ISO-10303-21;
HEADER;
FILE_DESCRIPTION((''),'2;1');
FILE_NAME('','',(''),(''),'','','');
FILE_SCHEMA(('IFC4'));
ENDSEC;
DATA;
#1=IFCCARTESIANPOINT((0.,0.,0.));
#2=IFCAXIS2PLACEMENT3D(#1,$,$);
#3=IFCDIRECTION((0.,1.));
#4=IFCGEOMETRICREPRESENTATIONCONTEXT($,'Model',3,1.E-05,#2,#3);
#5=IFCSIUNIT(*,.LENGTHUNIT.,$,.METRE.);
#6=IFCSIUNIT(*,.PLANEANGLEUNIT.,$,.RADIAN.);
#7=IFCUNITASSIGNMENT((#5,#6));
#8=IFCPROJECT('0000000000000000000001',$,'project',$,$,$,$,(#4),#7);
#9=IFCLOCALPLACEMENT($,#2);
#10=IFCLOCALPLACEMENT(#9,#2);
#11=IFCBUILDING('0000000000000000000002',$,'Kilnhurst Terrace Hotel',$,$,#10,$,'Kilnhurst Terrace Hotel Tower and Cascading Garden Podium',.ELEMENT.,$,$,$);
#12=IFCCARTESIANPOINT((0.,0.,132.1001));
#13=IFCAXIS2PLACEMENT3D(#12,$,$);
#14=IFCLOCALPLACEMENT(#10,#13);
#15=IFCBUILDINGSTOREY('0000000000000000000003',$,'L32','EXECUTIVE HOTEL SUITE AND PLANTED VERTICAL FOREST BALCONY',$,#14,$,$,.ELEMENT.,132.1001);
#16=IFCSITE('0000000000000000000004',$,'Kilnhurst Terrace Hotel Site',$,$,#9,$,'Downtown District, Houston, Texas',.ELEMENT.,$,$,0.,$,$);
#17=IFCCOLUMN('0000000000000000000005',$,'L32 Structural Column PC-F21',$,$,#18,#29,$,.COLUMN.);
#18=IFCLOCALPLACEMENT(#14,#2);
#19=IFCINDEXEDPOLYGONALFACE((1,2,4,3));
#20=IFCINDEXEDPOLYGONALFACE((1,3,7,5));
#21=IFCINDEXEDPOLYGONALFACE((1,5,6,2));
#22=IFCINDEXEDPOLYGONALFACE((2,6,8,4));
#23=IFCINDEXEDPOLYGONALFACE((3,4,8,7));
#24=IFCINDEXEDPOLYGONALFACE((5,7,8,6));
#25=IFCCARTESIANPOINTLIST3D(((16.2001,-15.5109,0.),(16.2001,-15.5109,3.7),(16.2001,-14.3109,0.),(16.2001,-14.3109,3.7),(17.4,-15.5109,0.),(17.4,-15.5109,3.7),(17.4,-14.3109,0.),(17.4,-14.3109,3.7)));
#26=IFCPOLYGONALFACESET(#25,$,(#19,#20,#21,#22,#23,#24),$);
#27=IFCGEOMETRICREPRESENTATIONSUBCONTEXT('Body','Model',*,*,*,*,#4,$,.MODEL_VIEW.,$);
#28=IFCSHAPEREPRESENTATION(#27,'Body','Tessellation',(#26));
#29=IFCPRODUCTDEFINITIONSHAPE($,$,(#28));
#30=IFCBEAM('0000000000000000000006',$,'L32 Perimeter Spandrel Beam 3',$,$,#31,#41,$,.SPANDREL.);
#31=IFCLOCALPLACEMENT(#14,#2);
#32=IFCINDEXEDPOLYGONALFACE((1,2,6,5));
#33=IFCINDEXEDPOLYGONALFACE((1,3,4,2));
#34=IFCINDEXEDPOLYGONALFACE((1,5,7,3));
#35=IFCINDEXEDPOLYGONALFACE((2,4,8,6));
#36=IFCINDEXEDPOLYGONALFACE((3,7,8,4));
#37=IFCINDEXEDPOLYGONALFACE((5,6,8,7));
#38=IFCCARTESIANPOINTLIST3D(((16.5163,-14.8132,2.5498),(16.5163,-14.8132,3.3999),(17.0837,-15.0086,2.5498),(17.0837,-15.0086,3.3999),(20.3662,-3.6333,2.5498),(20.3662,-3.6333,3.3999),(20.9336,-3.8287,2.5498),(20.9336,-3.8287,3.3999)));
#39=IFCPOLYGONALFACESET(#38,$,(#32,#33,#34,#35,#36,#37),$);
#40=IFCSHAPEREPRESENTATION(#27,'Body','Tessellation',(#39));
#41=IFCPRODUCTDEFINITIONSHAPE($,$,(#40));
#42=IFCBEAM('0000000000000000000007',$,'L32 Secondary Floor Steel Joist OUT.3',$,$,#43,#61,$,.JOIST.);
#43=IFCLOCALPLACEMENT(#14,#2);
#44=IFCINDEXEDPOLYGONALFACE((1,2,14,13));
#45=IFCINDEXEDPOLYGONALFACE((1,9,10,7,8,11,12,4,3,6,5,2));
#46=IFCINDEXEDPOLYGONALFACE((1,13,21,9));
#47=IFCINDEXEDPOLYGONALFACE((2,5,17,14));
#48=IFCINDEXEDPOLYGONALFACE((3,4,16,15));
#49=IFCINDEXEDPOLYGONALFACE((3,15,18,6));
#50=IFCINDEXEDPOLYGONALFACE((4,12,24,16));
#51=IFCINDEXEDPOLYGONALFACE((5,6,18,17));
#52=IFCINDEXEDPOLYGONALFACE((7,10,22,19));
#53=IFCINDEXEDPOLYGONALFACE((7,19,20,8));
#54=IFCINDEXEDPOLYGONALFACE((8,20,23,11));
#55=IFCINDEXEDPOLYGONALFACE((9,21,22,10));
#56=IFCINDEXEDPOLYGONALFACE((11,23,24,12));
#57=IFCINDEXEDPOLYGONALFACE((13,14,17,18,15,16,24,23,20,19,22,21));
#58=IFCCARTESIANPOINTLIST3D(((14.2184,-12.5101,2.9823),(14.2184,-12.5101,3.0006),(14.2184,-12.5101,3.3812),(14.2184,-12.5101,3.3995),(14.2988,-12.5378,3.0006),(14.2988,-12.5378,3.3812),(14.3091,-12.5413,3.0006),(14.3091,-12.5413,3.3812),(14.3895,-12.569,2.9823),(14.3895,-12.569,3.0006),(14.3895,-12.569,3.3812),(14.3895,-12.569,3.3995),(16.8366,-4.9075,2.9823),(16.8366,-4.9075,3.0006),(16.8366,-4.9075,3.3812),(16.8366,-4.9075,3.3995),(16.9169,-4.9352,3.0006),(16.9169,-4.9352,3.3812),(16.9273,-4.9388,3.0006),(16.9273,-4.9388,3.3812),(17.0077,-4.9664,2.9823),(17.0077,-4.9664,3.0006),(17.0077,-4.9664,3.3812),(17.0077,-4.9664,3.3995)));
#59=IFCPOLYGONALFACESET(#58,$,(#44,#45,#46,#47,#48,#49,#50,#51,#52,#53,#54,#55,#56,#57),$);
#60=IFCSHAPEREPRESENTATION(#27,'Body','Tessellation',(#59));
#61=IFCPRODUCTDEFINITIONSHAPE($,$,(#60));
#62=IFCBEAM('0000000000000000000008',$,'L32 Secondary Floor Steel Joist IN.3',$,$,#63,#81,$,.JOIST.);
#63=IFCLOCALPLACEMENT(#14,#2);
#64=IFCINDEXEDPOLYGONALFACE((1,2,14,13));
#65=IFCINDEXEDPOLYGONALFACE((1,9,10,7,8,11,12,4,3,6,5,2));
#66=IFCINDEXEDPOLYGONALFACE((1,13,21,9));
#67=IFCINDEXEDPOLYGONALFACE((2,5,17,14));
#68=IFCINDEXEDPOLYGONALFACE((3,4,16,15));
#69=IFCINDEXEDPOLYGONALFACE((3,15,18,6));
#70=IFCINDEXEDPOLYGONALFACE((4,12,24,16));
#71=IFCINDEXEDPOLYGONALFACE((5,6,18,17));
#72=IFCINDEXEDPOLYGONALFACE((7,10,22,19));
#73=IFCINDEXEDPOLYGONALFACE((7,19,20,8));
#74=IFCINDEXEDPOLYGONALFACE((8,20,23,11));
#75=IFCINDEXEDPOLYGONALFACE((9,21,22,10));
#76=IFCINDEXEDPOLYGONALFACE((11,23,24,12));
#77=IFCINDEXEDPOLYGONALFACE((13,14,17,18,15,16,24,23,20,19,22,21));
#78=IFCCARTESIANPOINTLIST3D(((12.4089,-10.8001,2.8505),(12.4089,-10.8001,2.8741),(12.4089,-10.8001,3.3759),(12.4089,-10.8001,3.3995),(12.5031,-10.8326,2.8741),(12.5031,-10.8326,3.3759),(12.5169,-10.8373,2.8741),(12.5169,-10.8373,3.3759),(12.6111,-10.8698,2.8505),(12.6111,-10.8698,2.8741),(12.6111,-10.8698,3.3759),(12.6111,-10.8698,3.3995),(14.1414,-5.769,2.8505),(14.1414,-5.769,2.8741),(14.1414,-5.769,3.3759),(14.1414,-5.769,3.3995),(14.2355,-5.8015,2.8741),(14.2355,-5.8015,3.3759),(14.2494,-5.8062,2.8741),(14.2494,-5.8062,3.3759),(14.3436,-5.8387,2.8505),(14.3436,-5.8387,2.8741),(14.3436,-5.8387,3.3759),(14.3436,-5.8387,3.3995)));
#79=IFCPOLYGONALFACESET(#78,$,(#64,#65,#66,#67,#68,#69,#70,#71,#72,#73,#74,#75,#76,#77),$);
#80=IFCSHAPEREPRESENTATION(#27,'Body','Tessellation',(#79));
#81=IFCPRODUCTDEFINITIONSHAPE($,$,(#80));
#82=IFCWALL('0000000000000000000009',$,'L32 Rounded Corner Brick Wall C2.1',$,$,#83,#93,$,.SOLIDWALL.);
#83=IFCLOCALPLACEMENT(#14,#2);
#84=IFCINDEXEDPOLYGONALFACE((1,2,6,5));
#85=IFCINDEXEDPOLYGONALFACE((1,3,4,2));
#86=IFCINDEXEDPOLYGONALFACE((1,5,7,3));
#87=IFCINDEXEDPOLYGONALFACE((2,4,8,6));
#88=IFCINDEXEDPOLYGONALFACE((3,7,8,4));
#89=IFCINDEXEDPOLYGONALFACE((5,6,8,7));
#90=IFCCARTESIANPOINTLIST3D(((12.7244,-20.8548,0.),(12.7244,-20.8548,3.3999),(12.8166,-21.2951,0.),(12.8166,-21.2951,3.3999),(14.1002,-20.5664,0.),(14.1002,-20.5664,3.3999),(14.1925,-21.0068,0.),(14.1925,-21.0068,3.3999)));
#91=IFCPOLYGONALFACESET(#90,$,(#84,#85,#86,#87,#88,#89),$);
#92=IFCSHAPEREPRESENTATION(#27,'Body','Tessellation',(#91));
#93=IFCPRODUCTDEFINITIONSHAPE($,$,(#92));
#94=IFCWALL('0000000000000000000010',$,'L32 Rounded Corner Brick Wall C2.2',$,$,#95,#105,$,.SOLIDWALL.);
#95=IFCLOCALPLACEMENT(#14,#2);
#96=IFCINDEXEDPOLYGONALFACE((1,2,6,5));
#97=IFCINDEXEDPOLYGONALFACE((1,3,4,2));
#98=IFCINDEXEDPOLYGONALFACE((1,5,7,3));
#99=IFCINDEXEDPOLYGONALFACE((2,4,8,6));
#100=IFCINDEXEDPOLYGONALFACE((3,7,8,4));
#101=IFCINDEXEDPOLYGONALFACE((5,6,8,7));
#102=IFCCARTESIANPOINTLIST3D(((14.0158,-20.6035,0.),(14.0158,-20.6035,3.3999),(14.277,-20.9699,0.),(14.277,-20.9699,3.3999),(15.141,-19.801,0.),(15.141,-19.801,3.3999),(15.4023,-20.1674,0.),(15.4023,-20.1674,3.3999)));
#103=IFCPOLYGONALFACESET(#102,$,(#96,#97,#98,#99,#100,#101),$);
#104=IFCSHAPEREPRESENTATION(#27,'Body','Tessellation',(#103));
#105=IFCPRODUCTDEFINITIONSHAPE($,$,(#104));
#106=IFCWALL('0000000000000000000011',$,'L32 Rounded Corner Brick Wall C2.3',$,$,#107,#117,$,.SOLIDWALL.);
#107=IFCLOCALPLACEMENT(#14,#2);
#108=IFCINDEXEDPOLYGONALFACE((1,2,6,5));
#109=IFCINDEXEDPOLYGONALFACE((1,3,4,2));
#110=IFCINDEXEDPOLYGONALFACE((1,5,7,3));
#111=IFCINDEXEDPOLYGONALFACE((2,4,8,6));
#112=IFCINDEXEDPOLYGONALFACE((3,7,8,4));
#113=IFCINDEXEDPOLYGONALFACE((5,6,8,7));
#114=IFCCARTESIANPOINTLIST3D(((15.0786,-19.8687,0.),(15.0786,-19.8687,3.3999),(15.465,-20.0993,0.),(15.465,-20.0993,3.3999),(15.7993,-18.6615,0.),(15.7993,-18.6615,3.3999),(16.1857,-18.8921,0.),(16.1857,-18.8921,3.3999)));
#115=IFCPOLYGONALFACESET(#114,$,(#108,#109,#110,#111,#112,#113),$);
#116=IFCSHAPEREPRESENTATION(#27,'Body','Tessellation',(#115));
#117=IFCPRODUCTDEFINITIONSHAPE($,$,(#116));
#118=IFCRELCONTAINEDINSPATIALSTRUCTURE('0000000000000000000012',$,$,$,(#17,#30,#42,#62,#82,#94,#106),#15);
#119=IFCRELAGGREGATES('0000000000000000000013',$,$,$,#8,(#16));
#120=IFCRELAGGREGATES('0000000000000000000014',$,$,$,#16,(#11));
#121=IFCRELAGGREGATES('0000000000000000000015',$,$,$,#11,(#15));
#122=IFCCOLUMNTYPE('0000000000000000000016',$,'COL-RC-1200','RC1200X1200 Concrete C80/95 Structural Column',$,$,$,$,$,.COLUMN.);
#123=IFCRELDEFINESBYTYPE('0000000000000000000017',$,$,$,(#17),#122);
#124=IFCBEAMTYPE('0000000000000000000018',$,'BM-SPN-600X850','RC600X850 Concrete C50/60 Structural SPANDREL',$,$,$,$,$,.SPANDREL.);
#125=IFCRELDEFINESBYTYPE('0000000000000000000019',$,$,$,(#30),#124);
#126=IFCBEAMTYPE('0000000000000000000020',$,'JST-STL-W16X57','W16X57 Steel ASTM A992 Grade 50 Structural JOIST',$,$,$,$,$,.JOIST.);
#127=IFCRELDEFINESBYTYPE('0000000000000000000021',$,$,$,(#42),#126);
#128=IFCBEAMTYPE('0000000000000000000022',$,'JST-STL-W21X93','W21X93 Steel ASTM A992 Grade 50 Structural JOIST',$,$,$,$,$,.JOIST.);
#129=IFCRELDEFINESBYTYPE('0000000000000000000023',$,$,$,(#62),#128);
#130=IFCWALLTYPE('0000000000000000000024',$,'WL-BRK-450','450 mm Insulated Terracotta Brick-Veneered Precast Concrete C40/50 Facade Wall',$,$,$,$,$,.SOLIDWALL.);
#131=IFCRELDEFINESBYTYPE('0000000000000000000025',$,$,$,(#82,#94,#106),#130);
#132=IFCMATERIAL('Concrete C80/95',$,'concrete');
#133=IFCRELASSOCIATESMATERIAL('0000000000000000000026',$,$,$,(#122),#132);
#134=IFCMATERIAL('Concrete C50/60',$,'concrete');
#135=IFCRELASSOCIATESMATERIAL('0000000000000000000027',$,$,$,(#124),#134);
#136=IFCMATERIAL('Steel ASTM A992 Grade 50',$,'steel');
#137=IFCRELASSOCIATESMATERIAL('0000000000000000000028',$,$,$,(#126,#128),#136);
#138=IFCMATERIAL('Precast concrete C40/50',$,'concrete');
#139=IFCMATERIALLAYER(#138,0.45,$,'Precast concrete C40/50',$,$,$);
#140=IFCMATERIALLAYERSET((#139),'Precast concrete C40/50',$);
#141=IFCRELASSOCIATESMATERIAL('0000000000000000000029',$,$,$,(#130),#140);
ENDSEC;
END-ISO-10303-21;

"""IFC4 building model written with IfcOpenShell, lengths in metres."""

from ifc_helpers import new_model, si_unit, direction, frame, frame_2d, origin, origin_2d, place, context, subcontext, project, spatial, rectangle, i_section, extrude, material, layer, layer_set, material_profile, profile_set, type_object, element, save


model = new_model("IFC4")

# Units and contexts
model_context = context("Model", 3, precision=1e-05, world=origin(), true_north=direction((0.0, 1.0)))
body_context = subcontext(model_context, "Body", "Model", "MODEL_VIEW")
ifc_project = project(units=[si_unit("LENGTHUNIT", "METRE"), si_unit("PLANEANGLEUNIT", "RADIAN")], contexts=[model_context])

# Site, building, storey
site_placement = place(None, origin())
site = spatial("IfcSite", under=ifc_project, at=site_placement, Name="Kilnhurst Terrace Hotel Site", LongName="Downtown District, Houston, Texas", CompositionType="ELEMENT", RefElevation=0.0)
building_placement = place(site_placement, origin())
building = spatial("IfcBuilding", under=site, at=building_placement, Name="Kilnhurst Terrace Hotel", LongName="Kilnhurst Terrace Hotel Tower and Cascading Garden Podium", CompositionType="ELEMENT")
storey_placement = place(building_placement, frame((0.0, 0.0, 132.1001)))
storey = spatial("IfcBuildingStorey", under=building, at=storey_placement, Name="L32", Description="EXECUTIVE HOTEL SUITE AND PLANTED VERTICAL FOREST BALCONY", CompositionType="ELEMENT", Elevation=132.1001)

# Column
ifc_material_1 = material(Name="Concrete C80/95", Category="concrete")
ifc_material_profile_1 = material_profile(ifc_material_1, rectangle(XDim=1.2, YDim=1.2, at=origin_2d()), Name="RC1200X1200")
ifc_profile_set_1 = profile_set([ifc_material_profile_1], Name="Concrete C80/95")
column_type = type_object("IfcColumnType", Name="COL-RC-1200", Description="RC1200X1200 Concrete C80/95 Structural Column", PredefinedType="COLUMN", material=ifc_profile_set_1)
column_placement = place(storey_placement, frame((16.8, -14.9109, 0.0), z_axis=(0.0, 0.0, 1.0), x_axis=(1.0, 0.0, 0.0)))
element("IfcColumn", 1, at=column_placement, inside=storey, type_object=column_type, Name="L32 Structural Column PC-F21", PredefinedType="COLUMN", context=body_context, shape_type="SweptSolid", body=[
    extrude(rectangle(XDim=1.2, YDim=1.2, at=origin_2d()), origin(), (0.0, 0.0, 1.0), 3.7),
])

# Beams
ifc_material_2 = material(Name="Concrete C50/60", Category="concrete")
ifc_material_profile_2 = material_profile(ifc_material_2, rectangle(XDim=0.6001, YDim=0.8501, at=origin_2d()), Name="RC600X850")
ifc_profile_set_2 = profile_set([ifc_material_profile_2], Name="Concrete C50/60")
beam_type_1 = type_object("IfcBeamType", Name="BM-SPN-600X850", Description="RC600X850 Concrete C50/60 Structural SPANDREL", PredefinedType="SPANDREL", material=ifc_profile_set_2)
beam_1_placement = place(storey_placement, frame((16.8, -14.9109, 2.9749), z_axis=(0.32559, 0.945511, 0.0), x_axis=(-0.945511, 0.32559, 0.0)))
element("IfcBeam", 2, at=beam_1_placement, inside=storey, type_object=beam_type_1, Name="L32 Perimeter Spandrel Beam 3", PredefinedType="SPANDREL", context=body_context, shape_type="SweptSolid", body=[
    extrude(rectangle(XDim=0.6001, YDim=0.8501, at=origin_2d()), origin(), (0.0, 0.0, 1.0), 11.8242),
])
ifc_material_3 = material(Name="Steel ASTM A992 Grade 50", Category="steel")
ifc_material_profile_3 = material_profile(ifc_material_3, i_section(OverallWidth=0.1809, OverallDepth=0.4172, WebThickness=0.011, FlangeThickness=0.0183, at=origin_2d()), Name="W16X57")
ifc_profile_set_3 = profile_set([ifc_material_profile_3], Name="Steel ASTM A992 Grade 50")
beam_type_2 = type_object("IfcBeamType", Name="JST-STL-W16X57", Description="W16X57 Steel ASTM A992 Grade 50 Structural JOIST", PredefinedType="JOIST", material=ifc_profile_set_3)
beam_2_placement = place(storey_placement, frame((14.304, -12.5396, 3.1909), z_axis=(0.325613, 0.945503, 0.0), x_axis=(-0.945503, 0.325613, 0.0)))
element("IfcBeam", 3, at=beam_2_placement, inside=storey, type_object=beam_type_2, Name="L32 Secondary Floor Steel Joist OUT.3", PredefinedType="JOIST", context=body_context, shape_type="SweptSolid", body=[
    extrude(i_section(OverallWidth=0.1809, OverallDepth=0.4172, WebThickness=0.011, FlangeThickness=0.0183, at=origin_2d()), origin(), (0.0, 0.0, 1.0), 8.0408),
])
ifc_material_profile_4 = material_profile(ifc_material_3, i_section(OverallWidth=0.2139, OverallDepth=0.5491, WebThickness=0.0146, FlangeThickness=0.0237, at=origin_2d()), Name="W21X93")
ifc_profile_set_4 = profile_set([ifc_material_profile_4], Name="Steel ASTM A992 Grade 50")
beam_type_3 = type_object("IfcBeamType", Name="JST-STL-W21X93", Description="W21X93 Steel ASTM A992 Grade 50 Structural JOIST", PredefinedType="JOIST", material=ifc_profile_set_4)
beam_3_placement = place(storey_placement, frame((12.51, -10.835, 3.125), z_axis=(0.325586, 0.945512, 0.0), x_axis=(-0.945512, 0.325586, 0.0)))
element("IfcBeam", 4, at=beam_3_placement, inside=storey, type_object=beam_type_3, Name="L32 Secondary Floor Steel Joist IN.3", PredefinedType="JOIST", context=body_context, shape_type="SweptSolid", body=[
    extrude(i_section(OverallWidth=0.2139, OverallDepth=0.5491, WebThickness=0.0146, FlangeThickness=0.0237, at=origin_2d()), origin(), (0.0, 0.0, 1.0), 5.321),
])

# Walls
ifc_material_4 = material(Name="Precast concrete C40/50", Category="concrete")
ifc_layer_1 = layer(ifc_material_4, 0.45, Name="Precast concrete C40/50")
ifc_layer_set_1 = layer_set([ifc_layer_1], Name="Precast concrete C40/50")
wall_type_1 = type_object("IfcWallType", Name="WL-BRK-450", Description="450 mm Insulated Terracotta Brick-Veneered Precast Concrete C40/50 Facade Wall", PredefinedType="SOLIDWALL", material=ifc_layer_set_1)
wall_1_placement = place(storey_placement, frame((12.7705, -21.075, 0.0), z_axis=(0.0, 0.0, 1.0), x_axis=(0.978743, 0.205091, 0.0)))
element("IfcWall", 5, at=wall_1_placement, inside=storey, type_object=wall_type_1, Name="L32 Rounded Corner Brick Wall C2.1", PredefinedType="SOLIDWALL", context=body_context, shape_type="SweptSolid", body=[
    extrude(rectangle(XDim=1.4058, YDim=0.45, at=frame_2d((0.7029, 0.0))), origin(), (0.0, 0.0, 1.0), 3.3999),
])
wall_2_placement = place(storey_placement, frame((14.1465, -20.7866, 0.0), z_axis=(0.0, 0.0, 1.0), x_axis=(0.814163, 0.580636, 0.0)))
element("IfcWall", 6, at=wall_2_placement, inside=storey, type_object=wall_type_1, Name="L32 Rounded Corner Brick Wall C2.2", PredefinedType="SOLIDWALL", context=body_context, shape_type="SweptSolid", body=[
    extrude(rectangle(XDim=1.3821, YDim=0.45, at=frame_2d((0.6909, 0.0))), origin(), (0.0, 0.0, 1.0), 3.3999),
])
wall_3_placement = place(storey_placement, frame((15.2717, -19.9841, 0.0), z_axis=(0.0, 0.0, 1.0), x_axis=(0.512579, 0.85864, 0.0)))
element("IfcWall", 7, at=wall_3_placement, inside=storey, type_object=wall_type_1, Name="L32 Rounded Corner Brick Wall C2.3", PredefinedType="SOLIDWALL", context=body_context, shape_type="SweptSolid", body=[
    extrude(rectangle(XDim=1.406, YDim=0.45, at=frame_2d((0.7031, 0.0))), origin(), (0.0, 0.0, 1.0), 3.3999),
])

save(model, "model.ifc")
